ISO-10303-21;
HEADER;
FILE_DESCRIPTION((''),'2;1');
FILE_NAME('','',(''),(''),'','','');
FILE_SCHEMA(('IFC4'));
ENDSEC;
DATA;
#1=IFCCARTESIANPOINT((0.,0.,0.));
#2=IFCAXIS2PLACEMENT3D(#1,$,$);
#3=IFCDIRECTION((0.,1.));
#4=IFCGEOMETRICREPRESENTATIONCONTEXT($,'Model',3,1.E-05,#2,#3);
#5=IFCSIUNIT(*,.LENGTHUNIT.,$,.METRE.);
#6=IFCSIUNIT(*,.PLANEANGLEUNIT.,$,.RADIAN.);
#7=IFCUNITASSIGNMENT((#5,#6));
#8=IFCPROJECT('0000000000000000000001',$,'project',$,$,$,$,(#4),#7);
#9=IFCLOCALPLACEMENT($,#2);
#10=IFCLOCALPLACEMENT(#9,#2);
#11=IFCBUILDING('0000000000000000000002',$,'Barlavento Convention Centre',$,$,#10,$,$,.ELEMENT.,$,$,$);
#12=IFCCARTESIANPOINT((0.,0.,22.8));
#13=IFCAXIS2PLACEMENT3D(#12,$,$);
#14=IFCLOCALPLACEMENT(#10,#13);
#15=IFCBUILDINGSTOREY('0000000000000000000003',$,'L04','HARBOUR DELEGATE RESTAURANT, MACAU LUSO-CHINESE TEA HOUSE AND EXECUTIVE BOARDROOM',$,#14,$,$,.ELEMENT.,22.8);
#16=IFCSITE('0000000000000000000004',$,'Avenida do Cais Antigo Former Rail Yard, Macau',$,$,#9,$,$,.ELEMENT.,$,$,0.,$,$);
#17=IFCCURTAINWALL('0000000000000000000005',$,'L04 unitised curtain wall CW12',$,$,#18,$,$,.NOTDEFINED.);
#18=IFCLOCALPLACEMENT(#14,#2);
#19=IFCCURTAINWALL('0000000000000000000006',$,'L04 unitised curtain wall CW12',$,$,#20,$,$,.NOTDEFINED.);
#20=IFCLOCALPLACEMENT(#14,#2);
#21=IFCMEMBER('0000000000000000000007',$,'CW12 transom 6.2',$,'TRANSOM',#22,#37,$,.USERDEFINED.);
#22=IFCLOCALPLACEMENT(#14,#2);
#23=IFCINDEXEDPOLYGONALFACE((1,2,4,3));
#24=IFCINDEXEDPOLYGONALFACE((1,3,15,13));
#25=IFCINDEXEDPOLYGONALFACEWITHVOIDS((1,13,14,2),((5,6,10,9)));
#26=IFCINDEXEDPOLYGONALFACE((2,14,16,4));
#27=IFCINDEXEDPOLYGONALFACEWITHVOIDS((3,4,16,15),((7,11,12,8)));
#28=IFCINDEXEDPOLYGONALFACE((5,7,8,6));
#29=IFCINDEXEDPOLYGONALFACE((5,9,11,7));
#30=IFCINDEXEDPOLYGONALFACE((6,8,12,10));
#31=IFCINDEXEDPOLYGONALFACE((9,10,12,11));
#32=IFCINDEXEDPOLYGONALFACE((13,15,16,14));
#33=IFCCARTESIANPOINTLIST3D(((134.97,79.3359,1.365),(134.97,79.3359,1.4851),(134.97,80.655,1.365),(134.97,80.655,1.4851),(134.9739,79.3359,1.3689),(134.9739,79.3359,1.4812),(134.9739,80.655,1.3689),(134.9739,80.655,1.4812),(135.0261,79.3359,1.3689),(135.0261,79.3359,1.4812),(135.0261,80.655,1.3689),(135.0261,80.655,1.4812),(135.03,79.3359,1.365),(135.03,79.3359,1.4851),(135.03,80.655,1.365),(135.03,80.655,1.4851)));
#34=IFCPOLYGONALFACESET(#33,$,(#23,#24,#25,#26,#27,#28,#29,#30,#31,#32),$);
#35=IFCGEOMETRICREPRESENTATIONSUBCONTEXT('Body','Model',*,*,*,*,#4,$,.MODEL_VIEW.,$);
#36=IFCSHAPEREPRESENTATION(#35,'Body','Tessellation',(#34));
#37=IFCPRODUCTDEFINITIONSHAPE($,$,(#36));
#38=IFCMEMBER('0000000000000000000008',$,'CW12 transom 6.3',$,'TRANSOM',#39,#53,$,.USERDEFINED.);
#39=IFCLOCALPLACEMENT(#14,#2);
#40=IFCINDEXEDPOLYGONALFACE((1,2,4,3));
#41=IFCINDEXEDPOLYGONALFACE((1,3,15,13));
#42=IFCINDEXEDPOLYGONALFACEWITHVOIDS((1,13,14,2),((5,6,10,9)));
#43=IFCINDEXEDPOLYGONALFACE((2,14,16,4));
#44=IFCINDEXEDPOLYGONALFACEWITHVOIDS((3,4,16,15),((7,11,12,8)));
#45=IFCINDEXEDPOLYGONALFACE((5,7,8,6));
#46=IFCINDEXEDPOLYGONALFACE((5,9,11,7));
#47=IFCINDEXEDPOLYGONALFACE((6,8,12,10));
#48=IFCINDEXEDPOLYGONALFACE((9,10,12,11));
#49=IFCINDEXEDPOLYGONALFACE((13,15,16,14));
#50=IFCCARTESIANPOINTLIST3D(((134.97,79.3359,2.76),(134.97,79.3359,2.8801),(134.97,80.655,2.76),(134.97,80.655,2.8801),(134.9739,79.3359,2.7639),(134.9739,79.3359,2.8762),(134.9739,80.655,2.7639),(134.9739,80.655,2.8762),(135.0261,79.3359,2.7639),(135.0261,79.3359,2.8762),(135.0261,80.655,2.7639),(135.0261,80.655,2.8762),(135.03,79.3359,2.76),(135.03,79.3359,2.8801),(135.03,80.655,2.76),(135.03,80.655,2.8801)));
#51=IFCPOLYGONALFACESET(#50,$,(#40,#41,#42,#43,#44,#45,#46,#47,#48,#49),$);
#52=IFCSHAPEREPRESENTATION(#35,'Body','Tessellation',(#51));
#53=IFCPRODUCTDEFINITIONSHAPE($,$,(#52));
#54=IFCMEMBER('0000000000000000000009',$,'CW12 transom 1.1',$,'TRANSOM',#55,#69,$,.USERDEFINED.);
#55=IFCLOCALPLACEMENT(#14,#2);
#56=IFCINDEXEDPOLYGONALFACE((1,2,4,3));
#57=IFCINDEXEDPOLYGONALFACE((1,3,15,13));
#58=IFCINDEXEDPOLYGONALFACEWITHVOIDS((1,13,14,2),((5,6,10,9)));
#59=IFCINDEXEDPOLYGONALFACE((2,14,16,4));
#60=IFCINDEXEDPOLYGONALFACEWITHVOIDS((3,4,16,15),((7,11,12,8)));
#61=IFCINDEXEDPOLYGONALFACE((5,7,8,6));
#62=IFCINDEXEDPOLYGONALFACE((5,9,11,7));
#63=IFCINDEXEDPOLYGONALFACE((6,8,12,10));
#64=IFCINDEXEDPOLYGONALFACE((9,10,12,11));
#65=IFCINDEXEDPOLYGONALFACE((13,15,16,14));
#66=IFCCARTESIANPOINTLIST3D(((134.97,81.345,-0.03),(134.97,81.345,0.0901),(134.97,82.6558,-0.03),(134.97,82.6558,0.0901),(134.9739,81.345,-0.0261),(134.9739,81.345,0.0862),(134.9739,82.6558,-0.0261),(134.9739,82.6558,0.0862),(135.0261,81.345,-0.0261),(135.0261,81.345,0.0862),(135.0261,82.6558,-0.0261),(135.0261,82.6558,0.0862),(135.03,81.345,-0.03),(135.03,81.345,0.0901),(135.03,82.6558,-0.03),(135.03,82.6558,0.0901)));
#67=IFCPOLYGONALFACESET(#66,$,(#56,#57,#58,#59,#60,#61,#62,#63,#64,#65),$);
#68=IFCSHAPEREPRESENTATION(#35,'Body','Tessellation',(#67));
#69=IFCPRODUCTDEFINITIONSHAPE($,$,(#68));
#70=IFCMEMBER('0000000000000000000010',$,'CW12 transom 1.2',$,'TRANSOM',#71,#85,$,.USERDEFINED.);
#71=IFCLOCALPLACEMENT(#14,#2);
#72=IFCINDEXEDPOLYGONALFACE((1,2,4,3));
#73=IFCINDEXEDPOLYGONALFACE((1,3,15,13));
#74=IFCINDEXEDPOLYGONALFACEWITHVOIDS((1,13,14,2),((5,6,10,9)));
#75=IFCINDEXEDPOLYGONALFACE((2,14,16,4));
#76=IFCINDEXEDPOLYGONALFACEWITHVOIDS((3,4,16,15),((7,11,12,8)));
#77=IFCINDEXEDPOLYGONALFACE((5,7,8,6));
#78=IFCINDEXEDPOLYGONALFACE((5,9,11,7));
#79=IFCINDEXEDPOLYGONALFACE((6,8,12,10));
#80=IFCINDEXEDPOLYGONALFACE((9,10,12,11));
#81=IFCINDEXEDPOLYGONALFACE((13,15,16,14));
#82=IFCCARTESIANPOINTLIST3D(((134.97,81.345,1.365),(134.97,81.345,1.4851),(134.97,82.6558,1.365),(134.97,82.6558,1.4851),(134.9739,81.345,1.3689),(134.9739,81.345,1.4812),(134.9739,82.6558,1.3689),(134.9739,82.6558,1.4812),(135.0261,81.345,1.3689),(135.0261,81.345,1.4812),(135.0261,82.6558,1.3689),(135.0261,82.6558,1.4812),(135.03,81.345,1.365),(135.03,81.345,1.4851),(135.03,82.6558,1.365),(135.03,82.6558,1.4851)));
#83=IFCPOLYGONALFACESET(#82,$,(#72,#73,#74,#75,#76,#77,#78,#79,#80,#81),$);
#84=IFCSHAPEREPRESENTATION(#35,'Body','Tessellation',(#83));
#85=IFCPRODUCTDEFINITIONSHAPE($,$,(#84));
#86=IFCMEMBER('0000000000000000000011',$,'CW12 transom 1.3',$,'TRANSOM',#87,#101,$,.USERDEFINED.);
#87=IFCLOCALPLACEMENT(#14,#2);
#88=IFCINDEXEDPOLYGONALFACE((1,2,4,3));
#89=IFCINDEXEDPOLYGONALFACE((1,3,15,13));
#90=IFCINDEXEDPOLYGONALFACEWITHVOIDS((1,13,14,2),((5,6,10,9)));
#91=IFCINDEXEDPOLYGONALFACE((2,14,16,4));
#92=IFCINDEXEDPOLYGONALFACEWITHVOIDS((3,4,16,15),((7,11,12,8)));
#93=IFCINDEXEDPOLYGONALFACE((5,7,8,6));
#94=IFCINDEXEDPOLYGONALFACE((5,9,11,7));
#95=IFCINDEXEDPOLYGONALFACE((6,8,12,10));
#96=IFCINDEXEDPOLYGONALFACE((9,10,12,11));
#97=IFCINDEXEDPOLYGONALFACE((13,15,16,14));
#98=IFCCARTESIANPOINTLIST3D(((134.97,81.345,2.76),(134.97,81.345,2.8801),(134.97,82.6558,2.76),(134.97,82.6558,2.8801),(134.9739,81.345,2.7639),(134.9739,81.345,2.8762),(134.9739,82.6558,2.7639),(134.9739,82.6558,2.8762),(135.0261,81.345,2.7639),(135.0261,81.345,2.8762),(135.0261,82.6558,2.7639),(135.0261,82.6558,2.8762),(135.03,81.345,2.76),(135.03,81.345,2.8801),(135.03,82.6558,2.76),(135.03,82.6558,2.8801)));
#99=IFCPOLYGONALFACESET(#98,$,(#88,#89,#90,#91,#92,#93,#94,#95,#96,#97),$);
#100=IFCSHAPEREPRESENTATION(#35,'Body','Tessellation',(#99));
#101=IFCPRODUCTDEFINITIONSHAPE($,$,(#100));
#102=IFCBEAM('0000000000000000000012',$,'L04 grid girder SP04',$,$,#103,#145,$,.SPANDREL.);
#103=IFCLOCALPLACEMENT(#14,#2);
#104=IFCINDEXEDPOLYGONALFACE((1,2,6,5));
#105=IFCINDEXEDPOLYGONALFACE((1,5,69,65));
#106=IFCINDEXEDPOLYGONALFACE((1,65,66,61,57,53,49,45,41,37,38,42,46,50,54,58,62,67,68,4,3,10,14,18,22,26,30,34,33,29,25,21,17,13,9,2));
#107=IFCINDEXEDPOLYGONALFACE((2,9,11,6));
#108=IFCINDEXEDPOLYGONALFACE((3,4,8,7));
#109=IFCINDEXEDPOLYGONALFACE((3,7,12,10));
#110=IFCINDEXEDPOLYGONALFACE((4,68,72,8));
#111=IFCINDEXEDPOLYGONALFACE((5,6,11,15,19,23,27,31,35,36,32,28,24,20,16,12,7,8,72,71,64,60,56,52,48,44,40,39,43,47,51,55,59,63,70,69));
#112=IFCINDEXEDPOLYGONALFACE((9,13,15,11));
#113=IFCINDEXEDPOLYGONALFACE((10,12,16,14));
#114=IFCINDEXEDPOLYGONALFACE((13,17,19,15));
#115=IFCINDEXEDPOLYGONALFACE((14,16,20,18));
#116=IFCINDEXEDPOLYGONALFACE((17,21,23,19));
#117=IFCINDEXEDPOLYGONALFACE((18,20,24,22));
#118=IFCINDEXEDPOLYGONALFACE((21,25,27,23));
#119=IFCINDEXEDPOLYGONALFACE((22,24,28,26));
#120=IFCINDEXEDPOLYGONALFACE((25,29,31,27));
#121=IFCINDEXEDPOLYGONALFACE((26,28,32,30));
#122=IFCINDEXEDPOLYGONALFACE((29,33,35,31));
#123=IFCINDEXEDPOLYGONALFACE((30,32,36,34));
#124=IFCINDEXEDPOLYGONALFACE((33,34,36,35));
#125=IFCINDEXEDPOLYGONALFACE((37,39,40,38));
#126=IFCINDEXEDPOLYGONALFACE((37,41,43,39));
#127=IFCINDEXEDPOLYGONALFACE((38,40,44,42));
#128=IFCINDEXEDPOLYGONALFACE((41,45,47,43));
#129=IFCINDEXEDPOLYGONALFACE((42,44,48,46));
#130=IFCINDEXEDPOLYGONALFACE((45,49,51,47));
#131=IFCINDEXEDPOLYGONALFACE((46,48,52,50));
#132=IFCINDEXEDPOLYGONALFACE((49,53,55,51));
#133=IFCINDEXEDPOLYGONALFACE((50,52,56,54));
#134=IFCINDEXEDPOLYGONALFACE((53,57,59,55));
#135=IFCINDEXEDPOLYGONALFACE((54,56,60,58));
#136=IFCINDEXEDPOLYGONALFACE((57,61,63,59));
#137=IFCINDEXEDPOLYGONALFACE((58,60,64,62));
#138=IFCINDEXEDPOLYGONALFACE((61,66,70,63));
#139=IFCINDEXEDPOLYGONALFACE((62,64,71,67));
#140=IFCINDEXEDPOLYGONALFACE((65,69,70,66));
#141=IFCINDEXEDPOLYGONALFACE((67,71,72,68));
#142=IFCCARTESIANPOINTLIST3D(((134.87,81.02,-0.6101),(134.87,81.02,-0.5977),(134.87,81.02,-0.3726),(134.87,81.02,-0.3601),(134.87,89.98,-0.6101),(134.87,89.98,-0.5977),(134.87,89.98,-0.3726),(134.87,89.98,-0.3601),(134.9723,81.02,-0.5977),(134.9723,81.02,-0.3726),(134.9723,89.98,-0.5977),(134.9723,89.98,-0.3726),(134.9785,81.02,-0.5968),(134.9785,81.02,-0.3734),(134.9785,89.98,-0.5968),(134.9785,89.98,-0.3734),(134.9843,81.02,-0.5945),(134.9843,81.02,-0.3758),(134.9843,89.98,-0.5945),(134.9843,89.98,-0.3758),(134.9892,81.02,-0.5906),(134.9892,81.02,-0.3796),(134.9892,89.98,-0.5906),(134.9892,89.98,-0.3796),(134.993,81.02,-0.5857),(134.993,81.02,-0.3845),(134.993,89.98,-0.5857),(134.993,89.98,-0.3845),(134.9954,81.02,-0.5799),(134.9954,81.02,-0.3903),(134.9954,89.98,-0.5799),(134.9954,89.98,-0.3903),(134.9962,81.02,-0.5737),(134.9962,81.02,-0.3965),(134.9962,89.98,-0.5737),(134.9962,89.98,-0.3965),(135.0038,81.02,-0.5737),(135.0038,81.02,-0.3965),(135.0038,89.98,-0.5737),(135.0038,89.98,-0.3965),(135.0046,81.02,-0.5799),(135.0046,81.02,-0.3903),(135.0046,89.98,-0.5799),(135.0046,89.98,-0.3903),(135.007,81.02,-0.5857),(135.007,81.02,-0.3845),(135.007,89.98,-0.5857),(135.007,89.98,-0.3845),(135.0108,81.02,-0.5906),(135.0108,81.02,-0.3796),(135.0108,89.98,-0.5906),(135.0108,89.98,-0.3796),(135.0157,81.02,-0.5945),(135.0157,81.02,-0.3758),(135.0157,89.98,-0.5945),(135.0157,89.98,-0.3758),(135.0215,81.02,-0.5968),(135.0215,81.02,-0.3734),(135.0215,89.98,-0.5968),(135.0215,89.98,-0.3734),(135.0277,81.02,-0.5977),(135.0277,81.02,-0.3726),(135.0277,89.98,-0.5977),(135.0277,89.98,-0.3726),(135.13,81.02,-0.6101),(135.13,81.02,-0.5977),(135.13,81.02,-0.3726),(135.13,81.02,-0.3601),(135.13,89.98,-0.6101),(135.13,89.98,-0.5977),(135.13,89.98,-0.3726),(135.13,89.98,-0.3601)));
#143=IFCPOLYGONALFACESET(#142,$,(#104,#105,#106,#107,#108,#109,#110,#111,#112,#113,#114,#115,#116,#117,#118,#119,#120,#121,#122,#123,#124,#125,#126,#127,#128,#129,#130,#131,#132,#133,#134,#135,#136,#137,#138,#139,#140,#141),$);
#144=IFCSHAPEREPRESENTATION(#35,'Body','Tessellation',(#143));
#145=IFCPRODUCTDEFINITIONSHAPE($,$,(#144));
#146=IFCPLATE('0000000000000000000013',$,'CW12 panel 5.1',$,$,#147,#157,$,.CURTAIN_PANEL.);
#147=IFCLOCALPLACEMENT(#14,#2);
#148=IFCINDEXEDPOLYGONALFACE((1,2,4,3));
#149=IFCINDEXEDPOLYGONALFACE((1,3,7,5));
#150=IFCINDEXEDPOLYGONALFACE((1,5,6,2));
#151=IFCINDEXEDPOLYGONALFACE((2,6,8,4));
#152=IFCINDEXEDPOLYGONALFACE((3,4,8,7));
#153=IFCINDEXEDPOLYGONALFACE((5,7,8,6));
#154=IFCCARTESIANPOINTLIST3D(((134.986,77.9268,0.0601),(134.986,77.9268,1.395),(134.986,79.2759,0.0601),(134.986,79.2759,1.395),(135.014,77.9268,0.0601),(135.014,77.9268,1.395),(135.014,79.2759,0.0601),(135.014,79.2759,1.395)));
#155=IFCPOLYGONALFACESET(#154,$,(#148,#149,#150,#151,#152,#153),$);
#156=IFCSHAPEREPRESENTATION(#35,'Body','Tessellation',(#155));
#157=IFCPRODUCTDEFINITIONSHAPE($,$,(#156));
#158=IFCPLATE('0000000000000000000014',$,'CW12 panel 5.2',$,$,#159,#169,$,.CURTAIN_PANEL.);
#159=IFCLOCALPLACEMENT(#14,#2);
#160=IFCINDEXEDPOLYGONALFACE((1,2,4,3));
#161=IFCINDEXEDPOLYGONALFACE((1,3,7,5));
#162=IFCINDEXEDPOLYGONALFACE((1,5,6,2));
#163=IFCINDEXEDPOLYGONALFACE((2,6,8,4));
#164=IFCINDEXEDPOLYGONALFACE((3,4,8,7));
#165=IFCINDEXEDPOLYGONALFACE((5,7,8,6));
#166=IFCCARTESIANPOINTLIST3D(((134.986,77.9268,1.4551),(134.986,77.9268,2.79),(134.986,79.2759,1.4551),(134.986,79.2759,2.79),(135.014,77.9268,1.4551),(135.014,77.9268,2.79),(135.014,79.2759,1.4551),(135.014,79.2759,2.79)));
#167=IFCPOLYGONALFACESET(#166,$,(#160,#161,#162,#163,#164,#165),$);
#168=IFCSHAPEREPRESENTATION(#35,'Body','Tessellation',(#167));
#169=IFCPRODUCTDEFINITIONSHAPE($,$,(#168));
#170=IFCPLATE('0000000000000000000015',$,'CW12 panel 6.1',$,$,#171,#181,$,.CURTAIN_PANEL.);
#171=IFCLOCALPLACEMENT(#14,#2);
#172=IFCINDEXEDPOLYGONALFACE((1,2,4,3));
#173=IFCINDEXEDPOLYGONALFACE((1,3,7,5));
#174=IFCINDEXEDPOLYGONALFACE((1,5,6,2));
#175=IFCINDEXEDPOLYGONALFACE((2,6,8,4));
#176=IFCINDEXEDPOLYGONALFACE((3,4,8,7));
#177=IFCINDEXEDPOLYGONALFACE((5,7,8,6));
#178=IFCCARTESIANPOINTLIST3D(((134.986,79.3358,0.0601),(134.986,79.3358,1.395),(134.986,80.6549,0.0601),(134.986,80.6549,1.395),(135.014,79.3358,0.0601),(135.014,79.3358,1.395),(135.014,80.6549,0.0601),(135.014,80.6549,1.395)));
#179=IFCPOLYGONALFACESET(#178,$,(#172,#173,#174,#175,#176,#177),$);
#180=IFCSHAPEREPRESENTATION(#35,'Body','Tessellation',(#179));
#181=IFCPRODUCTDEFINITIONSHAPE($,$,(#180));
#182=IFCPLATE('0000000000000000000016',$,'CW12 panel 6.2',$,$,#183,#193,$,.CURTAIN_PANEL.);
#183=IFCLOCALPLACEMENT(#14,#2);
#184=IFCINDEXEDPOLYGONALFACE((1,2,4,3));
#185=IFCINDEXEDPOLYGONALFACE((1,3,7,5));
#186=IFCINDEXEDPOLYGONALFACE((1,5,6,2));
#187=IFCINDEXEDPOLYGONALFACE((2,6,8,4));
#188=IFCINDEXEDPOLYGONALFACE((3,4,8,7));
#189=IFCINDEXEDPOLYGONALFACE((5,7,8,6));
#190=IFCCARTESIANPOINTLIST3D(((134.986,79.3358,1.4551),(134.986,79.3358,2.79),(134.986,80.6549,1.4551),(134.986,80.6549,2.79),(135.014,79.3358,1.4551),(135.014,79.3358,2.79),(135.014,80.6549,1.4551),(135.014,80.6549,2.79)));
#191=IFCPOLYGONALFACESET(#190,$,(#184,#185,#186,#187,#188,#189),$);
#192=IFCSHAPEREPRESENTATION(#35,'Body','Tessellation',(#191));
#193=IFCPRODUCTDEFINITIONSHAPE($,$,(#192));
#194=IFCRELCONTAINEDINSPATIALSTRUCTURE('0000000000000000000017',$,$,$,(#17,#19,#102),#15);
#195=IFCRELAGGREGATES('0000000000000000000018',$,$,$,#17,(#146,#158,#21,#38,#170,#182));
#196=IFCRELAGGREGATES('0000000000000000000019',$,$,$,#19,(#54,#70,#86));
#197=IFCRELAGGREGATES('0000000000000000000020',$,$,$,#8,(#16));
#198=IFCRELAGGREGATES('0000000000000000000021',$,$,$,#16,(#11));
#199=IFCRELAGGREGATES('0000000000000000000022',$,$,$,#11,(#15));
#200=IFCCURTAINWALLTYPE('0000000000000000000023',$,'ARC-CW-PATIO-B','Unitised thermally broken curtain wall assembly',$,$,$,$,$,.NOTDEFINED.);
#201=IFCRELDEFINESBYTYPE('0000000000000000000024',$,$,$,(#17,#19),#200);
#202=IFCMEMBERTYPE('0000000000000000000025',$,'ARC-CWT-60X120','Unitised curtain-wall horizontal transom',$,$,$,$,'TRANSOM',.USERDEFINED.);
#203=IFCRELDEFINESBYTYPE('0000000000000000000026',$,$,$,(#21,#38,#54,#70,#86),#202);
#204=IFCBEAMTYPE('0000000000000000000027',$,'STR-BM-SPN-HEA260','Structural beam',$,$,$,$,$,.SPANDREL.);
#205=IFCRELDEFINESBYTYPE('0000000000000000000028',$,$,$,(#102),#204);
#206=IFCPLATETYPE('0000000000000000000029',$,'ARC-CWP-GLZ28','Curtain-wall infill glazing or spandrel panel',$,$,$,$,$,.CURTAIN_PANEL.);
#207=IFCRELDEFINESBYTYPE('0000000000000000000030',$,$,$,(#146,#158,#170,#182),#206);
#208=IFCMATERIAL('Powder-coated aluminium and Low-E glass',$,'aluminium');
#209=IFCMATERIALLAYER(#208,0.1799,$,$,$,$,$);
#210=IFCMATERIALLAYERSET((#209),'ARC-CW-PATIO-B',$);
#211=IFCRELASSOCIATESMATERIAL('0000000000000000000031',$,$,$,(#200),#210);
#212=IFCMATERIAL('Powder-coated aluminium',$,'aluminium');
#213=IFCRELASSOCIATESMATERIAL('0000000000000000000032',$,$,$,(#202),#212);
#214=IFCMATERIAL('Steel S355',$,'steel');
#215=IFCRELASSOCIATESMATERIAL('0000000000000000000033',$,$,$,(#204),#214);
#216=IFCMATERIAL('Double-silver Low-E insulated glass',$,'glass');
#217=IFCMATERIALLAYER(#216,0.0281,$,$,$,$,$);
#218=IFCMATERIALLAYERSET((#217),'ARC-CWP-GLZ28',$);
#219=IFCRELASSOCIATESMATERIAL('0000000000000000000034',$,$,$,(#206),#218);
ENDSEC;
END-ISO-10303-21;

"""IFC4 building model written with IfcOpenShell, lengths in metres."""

from ifc_helpers import new_model, si_unit, direction, frame, origin, origin_2d, place, context, subcontext, project, spatial, rectangle, hollow_rectangle, i_section, extrude, material, layer, layer_set, material_profile, profile_set, type_object, element, aggregate, save


model = new_model("IFC4")

# Units and contexts
model_context = context("Model", 3, precision=1e-05, world=origin(), true_north=direction((0.0, 1.0)))
body_context = subcontext(model_context, "Body", "Model", "MODEL_VIEW")
ifc_project = project(units=[si_unit("LENGTHUNIT", "METRE"), si_unit("PLANEANGLEUNIT", "RADIAN")], contexts=[model_context])

# Site, building, storey
site_placement = place(None, origin())
site = spatial("IfcSite", under=ifc_project, at=site_placement, Name="Avenida do Cais Antigo Former Rail Yard, Macau", CompositionType="ELEMENT", RefElevation=0.0)
building_placement = place(site_placement, origin())
building = spatial("IfcBuilding", under=site, at=building_placement, Name="Barlavento Convention Centre", CompositionType="ELEMENT")
storey_placement = place(building_placement, frame((0.0, 0.0, 22.8)))
storey = spatial("IfcBuildingStorey", under=building, at=storey_placement, Name="L04", Description="HARBOUR DELEGATE RESTAURANT, MACAU LUSO-CHINESE TEA HOUSE AND EXECUTIVE BOARDROOM", CompositionType="ELEMENT", Elevation=22.8)

# Shared definitions
ifc_material_1 = material(Name="Steel S355", Category="steel")

# Curtain walls
ifc_material_2 = material(Name="Powder-coated aluminium and Low-E glass", Category="aluminium")
ifc_layer_1 = layer(ifc_material_2, 0.1799)
ifc_layer_set_1 = layer_set([ifc_layer_1], Name="ARC-CW-PATIO-B")
curtain_wall_type = type_object("IfcCurtainWallType", Name="ARC-CW-PATIO-B", Description="Unitised thermally broken curtain wall assembly", PredefinedType="NOTDEFINED", material=ifc_layer_set_1)
curtain_wall_1_placement = place(storey_placement, origin())
curtain_wall_1 = element("IfcCurtainWall", 1, at=curtain_wall_1_placement, inside=storey, type_object=curtain_wall_type, Name="L04 unitised curtain wall CW12", PredefinedType="NOTDEFINED")
ifc_material_3 = material(Name="Powder-coated aluminium", Category="aluminium")
curtain_wall_2_placement = place(storey_placement, origin())
curtain_wall_2 = element("IfcCurtainWall", 2, at=curtain_wall_2_placement, inside=storey, type_object=curtain_wall_type, Name="L04 unitised curtain wall CW12", PredefinedType="NOTDEFINED")

# Members
ifc_material_profile_1 = material_profile(ifc_material_3, hollow_rectangle(XDim=0.0601, YDim=0.1201, WallThickness=0.0039, at=origin_2d()), Name="AL-TRAN 60x120x4")
ifc_profile_set_1 = profile_set([ifc_material_profile_1], Name="Powder-coated aluminium")
member_type_1 = type_object("IfcMemberType", Name="ARC-CWT-60X120", Description="Unitised curtain-wall horizontal transom", ElementType="TRANSOM", PredefinedType="USERDEFINED", material=ifc_profile_set_1)
member_1_placement = place(storey_placement, frame((135.0, 79.3359, 1.425), z_axis=(0.0, 1.0, 0.0), x_axis=(-1.0, 0.0, 0.0)))
member_1 = element("IfcMember", 3, at=member_1_placement, type_object=member_type_1, Name="CW12 transom 6.2", ObjectType="TRANSOM", PredefinedType="USERDEFINED", context=body_context, shape_type="SweptSolid", body=[
    extrude(hollow_rectangle(XDim=0.0601, YDim=0.1201, WallThickness=0.0039, at=origin_2d()), origin(), (0.0, 0.0, 1.0), 1.3191),
])
member_2_placement = place(storey_placement, frame((135.0, 79.3359, 2.8201), z_axis=(0.0, 1.0, 0.0), x_axis=(-1.0, 0.0, 0.0)))
member_2 = element("IfcMember", 4, at=member_2_placement, type_object=member_type_1, Name="CW12 transom 6.3", ObjectType="TRANSOM", PredefinedType="USERDEFINED", context=body_context, shape_type="SweptSolid", body=[
    extrude(hollow_rectangle(XDim=0.0601, YDim=0.1201, WallThickness=0.0039, at=origin_2d()), origin(), (0.0, 0.0, 1.0), 1.3191),
])
member_3_placement = place(storey_placement, frame((135.0, 81.345, 0.03), z_axis=(0.0, 1.0, 0.0), x_axis=(-1.0, 0.0, 0.0)))
member_3 = element("IfcMember", 5, at=member_3_placement, type_object=member_type_1, Name="CW12 transom 1.1", ObjectType="TRANSOM", PredefinedType="USERDEFINED", context=body_context, shape_type="SweptSolid", body=[
    extrude(hollow_rectangle(XDim=0.0601, YDim=0.1201, WallThickness=0.0039, at=origin_2d()), origin(), (0.0, 0.0, 1.0), 1.3108),
])
member_4_placement = place(storey_placement, frame((135.0, 81.345, 1.425), z_axis=(0.0, 1.0, 0.0), x_axis=(-1.0, 0.0, 0.0)))
member_4 = element("IfcMember", 6, at=member_4_placement, type_object=member_type_1, Name="CW12 transom 1.2", ObjectType="TRANSOM", PredefinedType="USERDEFINED", context=body_context, shape_type="SweptSolid", body=[
    extrude(hollow_rectangle(XDim=0.0601, YDim=0.1201, WallThickness=0.0039, at=origin_2d()), origin(), (0.0, 0.0, 1.0), 1.3108),
])
member_5_placement = place(storey_placement, frame((135.0, 81.345, 2.8201), z_axis=(0.0, 1.0, 0.0), x_axis=(-1.0, 0.0, 0.0)))
member_5 = element("IfcMember", 7, at=member_5_placement, type_object=member_type_1, Name="CW12 transom 1.3", ObjectType="TRANSOM", PredefinedType="USERDEFINED", context=body_context, shape_type="SweptSolid", body=[
    extrude(hollow_rectangle(XDim=0.0601, YDim=0.1201, WallThickness=0.0039, at=origin_2d()), origin(), (0.0, 0.0, 1.0), 1.3108),
])

# Beam
ifc_material_profile_2 = material_profile(ifc_material_1, i_section(OverallWidth=0.26, OverallDepth=0.25, WebThickness=0.0076, FlangeThickness=0.0125, FilletRadius=0.0239, at=origin_2d()), Name="HEA 260")
ifc_profile_set_2 = profile_set([ifc_material_profile_2], Name="Steel S355")
beam_type = type_object("IfcBeamType", Name="STR-BM-SPN-HEA260", Description="Structural beam", PredefinedType="SPANDREL", material=ifc_profile_set_2)
beam_placement = place(storey_placement, frame((135.0, 81.02, -0.4851), z_axis=(0.0, 1.0, 0.0), x_axis=(-1.0, 0.0, 0.0)))
element("IfcBeam", 8, at=beam_placement, inside=storey, type_object=beam_type, Name="L04 grid girder SP04", PredefinedType="SPANDREL", context=body_context, shape_type="SweptSolid", body=[
    extrude(i_section(OverallWidth=0.26, OverallDepth=0.25, WebThickness=0.0076, FlangeThickness=0.0125, FilletRadius=0.0239, at=origin_2d()), origin(), (0.0, 0.0, 1.0), 8.96),
])

# Plates
ifc_material_4 = material(Name="Double-silver Low-E insulated glass", Category="glass")
ifc_layer_2 = layer(ifc_material_4, 0.0281)
ifc_layer_set_2 = layer_set([ifc_layer_2], Name="ARC-CWP-GLZ28")
plate_type = type_object("IfcPlateType", Name="ARC-CWP-GLZ28", Description="Curtain-wall infill glazing or spandrel panel", PredefinedType="CURTAIN_PANEL", material=ifc_layer_set_2)
plate_1_placement = place(storey_placement, frame((135.0, 78.6013, 0.0601), z_axis=(0.0, 0.0, 1.0), x_axis=(0.0, 1.0, 0.0)))
plate_1 = element("IfcPlate", 9, at=plate_1_placement, type_object=plate_type, Name="CW12 panel 5.1", PredefinedType="CURTAIN_PANEL", context=body_context, shape_type="SweptSolid", body=[
    extrude(rectangle(XDim=1.3491, YDim=0.0281, at=origin_2d()), origin(), (0.0, 0.0, 1.0), 1.335),
])
plate_2_placement = place(storey_placement, frame((135.0, 78.6013, 1.4551), z_axis=(0.0, 0.0, 1.0), x_axis=(0.0, 1.0, 0.0)))
plate_2 = element("IfcPlate", 10, at=plate_2_placement, type_object=plate_type, Name="CW12 panel 5.2", PredefinedType="CURTAIN_PANEL", context=body_context, shape_type="SweptSolid", body=[
    extrude(rectangle(XDim=1.3491, YDim=0.0281, at=origin_2d()), origin(), (0.0, 0.0, 1.0), 1.335),
])
plate_3_placement = place(storey_placement, frame((135.0, 79.9954, 0.0601), z_axis=(0.0, 0.0, 1.0), x_axis=(0.0, 1.0, 0.0)))
plate_3 = element("IfcPlate", 11, at=plate_3_placement, type_object=plate_type, Name="CW12 panel 6.1", PredefinedType="CURTAIN_PANEL", context=body_context, shape_type="SweptSolid", body=[
    extrude(rectangle(XDim=1.3191, YDim=0.0281, at=origin_2d()), origin(), (0.0, 0.0, 1.0), 1.335),
])
plate_4_placement = place(storey_placement, frame((135.0, 79.9954, 1.4551), z_axis=(0.0, 0.0, 1.0), x_axis=(0.0, 1.0, 0.0)))
plate_4 = element("IfcPlate", 12, at=plate_4_placement, type_object=plate_type, Name="CW12 panel 6.2", PredefinedType="CURTAIN_PANEL", context=body_context, shape_type="SweptSolid", body=[
    extrude(rectangle(XDim=1.3191, YDim=0.0281, at=origin_2d()), origin(), (0.0, 0.0, 1.0), 1.335),
])
aggregate(curtain_wall_1, [plate_1, plate_2, member_1, member_2, plate_3, plate_4])
aggregate(curtain_wall_2, [member_3, member_4, member_5])

save(model, "model.ifc")
